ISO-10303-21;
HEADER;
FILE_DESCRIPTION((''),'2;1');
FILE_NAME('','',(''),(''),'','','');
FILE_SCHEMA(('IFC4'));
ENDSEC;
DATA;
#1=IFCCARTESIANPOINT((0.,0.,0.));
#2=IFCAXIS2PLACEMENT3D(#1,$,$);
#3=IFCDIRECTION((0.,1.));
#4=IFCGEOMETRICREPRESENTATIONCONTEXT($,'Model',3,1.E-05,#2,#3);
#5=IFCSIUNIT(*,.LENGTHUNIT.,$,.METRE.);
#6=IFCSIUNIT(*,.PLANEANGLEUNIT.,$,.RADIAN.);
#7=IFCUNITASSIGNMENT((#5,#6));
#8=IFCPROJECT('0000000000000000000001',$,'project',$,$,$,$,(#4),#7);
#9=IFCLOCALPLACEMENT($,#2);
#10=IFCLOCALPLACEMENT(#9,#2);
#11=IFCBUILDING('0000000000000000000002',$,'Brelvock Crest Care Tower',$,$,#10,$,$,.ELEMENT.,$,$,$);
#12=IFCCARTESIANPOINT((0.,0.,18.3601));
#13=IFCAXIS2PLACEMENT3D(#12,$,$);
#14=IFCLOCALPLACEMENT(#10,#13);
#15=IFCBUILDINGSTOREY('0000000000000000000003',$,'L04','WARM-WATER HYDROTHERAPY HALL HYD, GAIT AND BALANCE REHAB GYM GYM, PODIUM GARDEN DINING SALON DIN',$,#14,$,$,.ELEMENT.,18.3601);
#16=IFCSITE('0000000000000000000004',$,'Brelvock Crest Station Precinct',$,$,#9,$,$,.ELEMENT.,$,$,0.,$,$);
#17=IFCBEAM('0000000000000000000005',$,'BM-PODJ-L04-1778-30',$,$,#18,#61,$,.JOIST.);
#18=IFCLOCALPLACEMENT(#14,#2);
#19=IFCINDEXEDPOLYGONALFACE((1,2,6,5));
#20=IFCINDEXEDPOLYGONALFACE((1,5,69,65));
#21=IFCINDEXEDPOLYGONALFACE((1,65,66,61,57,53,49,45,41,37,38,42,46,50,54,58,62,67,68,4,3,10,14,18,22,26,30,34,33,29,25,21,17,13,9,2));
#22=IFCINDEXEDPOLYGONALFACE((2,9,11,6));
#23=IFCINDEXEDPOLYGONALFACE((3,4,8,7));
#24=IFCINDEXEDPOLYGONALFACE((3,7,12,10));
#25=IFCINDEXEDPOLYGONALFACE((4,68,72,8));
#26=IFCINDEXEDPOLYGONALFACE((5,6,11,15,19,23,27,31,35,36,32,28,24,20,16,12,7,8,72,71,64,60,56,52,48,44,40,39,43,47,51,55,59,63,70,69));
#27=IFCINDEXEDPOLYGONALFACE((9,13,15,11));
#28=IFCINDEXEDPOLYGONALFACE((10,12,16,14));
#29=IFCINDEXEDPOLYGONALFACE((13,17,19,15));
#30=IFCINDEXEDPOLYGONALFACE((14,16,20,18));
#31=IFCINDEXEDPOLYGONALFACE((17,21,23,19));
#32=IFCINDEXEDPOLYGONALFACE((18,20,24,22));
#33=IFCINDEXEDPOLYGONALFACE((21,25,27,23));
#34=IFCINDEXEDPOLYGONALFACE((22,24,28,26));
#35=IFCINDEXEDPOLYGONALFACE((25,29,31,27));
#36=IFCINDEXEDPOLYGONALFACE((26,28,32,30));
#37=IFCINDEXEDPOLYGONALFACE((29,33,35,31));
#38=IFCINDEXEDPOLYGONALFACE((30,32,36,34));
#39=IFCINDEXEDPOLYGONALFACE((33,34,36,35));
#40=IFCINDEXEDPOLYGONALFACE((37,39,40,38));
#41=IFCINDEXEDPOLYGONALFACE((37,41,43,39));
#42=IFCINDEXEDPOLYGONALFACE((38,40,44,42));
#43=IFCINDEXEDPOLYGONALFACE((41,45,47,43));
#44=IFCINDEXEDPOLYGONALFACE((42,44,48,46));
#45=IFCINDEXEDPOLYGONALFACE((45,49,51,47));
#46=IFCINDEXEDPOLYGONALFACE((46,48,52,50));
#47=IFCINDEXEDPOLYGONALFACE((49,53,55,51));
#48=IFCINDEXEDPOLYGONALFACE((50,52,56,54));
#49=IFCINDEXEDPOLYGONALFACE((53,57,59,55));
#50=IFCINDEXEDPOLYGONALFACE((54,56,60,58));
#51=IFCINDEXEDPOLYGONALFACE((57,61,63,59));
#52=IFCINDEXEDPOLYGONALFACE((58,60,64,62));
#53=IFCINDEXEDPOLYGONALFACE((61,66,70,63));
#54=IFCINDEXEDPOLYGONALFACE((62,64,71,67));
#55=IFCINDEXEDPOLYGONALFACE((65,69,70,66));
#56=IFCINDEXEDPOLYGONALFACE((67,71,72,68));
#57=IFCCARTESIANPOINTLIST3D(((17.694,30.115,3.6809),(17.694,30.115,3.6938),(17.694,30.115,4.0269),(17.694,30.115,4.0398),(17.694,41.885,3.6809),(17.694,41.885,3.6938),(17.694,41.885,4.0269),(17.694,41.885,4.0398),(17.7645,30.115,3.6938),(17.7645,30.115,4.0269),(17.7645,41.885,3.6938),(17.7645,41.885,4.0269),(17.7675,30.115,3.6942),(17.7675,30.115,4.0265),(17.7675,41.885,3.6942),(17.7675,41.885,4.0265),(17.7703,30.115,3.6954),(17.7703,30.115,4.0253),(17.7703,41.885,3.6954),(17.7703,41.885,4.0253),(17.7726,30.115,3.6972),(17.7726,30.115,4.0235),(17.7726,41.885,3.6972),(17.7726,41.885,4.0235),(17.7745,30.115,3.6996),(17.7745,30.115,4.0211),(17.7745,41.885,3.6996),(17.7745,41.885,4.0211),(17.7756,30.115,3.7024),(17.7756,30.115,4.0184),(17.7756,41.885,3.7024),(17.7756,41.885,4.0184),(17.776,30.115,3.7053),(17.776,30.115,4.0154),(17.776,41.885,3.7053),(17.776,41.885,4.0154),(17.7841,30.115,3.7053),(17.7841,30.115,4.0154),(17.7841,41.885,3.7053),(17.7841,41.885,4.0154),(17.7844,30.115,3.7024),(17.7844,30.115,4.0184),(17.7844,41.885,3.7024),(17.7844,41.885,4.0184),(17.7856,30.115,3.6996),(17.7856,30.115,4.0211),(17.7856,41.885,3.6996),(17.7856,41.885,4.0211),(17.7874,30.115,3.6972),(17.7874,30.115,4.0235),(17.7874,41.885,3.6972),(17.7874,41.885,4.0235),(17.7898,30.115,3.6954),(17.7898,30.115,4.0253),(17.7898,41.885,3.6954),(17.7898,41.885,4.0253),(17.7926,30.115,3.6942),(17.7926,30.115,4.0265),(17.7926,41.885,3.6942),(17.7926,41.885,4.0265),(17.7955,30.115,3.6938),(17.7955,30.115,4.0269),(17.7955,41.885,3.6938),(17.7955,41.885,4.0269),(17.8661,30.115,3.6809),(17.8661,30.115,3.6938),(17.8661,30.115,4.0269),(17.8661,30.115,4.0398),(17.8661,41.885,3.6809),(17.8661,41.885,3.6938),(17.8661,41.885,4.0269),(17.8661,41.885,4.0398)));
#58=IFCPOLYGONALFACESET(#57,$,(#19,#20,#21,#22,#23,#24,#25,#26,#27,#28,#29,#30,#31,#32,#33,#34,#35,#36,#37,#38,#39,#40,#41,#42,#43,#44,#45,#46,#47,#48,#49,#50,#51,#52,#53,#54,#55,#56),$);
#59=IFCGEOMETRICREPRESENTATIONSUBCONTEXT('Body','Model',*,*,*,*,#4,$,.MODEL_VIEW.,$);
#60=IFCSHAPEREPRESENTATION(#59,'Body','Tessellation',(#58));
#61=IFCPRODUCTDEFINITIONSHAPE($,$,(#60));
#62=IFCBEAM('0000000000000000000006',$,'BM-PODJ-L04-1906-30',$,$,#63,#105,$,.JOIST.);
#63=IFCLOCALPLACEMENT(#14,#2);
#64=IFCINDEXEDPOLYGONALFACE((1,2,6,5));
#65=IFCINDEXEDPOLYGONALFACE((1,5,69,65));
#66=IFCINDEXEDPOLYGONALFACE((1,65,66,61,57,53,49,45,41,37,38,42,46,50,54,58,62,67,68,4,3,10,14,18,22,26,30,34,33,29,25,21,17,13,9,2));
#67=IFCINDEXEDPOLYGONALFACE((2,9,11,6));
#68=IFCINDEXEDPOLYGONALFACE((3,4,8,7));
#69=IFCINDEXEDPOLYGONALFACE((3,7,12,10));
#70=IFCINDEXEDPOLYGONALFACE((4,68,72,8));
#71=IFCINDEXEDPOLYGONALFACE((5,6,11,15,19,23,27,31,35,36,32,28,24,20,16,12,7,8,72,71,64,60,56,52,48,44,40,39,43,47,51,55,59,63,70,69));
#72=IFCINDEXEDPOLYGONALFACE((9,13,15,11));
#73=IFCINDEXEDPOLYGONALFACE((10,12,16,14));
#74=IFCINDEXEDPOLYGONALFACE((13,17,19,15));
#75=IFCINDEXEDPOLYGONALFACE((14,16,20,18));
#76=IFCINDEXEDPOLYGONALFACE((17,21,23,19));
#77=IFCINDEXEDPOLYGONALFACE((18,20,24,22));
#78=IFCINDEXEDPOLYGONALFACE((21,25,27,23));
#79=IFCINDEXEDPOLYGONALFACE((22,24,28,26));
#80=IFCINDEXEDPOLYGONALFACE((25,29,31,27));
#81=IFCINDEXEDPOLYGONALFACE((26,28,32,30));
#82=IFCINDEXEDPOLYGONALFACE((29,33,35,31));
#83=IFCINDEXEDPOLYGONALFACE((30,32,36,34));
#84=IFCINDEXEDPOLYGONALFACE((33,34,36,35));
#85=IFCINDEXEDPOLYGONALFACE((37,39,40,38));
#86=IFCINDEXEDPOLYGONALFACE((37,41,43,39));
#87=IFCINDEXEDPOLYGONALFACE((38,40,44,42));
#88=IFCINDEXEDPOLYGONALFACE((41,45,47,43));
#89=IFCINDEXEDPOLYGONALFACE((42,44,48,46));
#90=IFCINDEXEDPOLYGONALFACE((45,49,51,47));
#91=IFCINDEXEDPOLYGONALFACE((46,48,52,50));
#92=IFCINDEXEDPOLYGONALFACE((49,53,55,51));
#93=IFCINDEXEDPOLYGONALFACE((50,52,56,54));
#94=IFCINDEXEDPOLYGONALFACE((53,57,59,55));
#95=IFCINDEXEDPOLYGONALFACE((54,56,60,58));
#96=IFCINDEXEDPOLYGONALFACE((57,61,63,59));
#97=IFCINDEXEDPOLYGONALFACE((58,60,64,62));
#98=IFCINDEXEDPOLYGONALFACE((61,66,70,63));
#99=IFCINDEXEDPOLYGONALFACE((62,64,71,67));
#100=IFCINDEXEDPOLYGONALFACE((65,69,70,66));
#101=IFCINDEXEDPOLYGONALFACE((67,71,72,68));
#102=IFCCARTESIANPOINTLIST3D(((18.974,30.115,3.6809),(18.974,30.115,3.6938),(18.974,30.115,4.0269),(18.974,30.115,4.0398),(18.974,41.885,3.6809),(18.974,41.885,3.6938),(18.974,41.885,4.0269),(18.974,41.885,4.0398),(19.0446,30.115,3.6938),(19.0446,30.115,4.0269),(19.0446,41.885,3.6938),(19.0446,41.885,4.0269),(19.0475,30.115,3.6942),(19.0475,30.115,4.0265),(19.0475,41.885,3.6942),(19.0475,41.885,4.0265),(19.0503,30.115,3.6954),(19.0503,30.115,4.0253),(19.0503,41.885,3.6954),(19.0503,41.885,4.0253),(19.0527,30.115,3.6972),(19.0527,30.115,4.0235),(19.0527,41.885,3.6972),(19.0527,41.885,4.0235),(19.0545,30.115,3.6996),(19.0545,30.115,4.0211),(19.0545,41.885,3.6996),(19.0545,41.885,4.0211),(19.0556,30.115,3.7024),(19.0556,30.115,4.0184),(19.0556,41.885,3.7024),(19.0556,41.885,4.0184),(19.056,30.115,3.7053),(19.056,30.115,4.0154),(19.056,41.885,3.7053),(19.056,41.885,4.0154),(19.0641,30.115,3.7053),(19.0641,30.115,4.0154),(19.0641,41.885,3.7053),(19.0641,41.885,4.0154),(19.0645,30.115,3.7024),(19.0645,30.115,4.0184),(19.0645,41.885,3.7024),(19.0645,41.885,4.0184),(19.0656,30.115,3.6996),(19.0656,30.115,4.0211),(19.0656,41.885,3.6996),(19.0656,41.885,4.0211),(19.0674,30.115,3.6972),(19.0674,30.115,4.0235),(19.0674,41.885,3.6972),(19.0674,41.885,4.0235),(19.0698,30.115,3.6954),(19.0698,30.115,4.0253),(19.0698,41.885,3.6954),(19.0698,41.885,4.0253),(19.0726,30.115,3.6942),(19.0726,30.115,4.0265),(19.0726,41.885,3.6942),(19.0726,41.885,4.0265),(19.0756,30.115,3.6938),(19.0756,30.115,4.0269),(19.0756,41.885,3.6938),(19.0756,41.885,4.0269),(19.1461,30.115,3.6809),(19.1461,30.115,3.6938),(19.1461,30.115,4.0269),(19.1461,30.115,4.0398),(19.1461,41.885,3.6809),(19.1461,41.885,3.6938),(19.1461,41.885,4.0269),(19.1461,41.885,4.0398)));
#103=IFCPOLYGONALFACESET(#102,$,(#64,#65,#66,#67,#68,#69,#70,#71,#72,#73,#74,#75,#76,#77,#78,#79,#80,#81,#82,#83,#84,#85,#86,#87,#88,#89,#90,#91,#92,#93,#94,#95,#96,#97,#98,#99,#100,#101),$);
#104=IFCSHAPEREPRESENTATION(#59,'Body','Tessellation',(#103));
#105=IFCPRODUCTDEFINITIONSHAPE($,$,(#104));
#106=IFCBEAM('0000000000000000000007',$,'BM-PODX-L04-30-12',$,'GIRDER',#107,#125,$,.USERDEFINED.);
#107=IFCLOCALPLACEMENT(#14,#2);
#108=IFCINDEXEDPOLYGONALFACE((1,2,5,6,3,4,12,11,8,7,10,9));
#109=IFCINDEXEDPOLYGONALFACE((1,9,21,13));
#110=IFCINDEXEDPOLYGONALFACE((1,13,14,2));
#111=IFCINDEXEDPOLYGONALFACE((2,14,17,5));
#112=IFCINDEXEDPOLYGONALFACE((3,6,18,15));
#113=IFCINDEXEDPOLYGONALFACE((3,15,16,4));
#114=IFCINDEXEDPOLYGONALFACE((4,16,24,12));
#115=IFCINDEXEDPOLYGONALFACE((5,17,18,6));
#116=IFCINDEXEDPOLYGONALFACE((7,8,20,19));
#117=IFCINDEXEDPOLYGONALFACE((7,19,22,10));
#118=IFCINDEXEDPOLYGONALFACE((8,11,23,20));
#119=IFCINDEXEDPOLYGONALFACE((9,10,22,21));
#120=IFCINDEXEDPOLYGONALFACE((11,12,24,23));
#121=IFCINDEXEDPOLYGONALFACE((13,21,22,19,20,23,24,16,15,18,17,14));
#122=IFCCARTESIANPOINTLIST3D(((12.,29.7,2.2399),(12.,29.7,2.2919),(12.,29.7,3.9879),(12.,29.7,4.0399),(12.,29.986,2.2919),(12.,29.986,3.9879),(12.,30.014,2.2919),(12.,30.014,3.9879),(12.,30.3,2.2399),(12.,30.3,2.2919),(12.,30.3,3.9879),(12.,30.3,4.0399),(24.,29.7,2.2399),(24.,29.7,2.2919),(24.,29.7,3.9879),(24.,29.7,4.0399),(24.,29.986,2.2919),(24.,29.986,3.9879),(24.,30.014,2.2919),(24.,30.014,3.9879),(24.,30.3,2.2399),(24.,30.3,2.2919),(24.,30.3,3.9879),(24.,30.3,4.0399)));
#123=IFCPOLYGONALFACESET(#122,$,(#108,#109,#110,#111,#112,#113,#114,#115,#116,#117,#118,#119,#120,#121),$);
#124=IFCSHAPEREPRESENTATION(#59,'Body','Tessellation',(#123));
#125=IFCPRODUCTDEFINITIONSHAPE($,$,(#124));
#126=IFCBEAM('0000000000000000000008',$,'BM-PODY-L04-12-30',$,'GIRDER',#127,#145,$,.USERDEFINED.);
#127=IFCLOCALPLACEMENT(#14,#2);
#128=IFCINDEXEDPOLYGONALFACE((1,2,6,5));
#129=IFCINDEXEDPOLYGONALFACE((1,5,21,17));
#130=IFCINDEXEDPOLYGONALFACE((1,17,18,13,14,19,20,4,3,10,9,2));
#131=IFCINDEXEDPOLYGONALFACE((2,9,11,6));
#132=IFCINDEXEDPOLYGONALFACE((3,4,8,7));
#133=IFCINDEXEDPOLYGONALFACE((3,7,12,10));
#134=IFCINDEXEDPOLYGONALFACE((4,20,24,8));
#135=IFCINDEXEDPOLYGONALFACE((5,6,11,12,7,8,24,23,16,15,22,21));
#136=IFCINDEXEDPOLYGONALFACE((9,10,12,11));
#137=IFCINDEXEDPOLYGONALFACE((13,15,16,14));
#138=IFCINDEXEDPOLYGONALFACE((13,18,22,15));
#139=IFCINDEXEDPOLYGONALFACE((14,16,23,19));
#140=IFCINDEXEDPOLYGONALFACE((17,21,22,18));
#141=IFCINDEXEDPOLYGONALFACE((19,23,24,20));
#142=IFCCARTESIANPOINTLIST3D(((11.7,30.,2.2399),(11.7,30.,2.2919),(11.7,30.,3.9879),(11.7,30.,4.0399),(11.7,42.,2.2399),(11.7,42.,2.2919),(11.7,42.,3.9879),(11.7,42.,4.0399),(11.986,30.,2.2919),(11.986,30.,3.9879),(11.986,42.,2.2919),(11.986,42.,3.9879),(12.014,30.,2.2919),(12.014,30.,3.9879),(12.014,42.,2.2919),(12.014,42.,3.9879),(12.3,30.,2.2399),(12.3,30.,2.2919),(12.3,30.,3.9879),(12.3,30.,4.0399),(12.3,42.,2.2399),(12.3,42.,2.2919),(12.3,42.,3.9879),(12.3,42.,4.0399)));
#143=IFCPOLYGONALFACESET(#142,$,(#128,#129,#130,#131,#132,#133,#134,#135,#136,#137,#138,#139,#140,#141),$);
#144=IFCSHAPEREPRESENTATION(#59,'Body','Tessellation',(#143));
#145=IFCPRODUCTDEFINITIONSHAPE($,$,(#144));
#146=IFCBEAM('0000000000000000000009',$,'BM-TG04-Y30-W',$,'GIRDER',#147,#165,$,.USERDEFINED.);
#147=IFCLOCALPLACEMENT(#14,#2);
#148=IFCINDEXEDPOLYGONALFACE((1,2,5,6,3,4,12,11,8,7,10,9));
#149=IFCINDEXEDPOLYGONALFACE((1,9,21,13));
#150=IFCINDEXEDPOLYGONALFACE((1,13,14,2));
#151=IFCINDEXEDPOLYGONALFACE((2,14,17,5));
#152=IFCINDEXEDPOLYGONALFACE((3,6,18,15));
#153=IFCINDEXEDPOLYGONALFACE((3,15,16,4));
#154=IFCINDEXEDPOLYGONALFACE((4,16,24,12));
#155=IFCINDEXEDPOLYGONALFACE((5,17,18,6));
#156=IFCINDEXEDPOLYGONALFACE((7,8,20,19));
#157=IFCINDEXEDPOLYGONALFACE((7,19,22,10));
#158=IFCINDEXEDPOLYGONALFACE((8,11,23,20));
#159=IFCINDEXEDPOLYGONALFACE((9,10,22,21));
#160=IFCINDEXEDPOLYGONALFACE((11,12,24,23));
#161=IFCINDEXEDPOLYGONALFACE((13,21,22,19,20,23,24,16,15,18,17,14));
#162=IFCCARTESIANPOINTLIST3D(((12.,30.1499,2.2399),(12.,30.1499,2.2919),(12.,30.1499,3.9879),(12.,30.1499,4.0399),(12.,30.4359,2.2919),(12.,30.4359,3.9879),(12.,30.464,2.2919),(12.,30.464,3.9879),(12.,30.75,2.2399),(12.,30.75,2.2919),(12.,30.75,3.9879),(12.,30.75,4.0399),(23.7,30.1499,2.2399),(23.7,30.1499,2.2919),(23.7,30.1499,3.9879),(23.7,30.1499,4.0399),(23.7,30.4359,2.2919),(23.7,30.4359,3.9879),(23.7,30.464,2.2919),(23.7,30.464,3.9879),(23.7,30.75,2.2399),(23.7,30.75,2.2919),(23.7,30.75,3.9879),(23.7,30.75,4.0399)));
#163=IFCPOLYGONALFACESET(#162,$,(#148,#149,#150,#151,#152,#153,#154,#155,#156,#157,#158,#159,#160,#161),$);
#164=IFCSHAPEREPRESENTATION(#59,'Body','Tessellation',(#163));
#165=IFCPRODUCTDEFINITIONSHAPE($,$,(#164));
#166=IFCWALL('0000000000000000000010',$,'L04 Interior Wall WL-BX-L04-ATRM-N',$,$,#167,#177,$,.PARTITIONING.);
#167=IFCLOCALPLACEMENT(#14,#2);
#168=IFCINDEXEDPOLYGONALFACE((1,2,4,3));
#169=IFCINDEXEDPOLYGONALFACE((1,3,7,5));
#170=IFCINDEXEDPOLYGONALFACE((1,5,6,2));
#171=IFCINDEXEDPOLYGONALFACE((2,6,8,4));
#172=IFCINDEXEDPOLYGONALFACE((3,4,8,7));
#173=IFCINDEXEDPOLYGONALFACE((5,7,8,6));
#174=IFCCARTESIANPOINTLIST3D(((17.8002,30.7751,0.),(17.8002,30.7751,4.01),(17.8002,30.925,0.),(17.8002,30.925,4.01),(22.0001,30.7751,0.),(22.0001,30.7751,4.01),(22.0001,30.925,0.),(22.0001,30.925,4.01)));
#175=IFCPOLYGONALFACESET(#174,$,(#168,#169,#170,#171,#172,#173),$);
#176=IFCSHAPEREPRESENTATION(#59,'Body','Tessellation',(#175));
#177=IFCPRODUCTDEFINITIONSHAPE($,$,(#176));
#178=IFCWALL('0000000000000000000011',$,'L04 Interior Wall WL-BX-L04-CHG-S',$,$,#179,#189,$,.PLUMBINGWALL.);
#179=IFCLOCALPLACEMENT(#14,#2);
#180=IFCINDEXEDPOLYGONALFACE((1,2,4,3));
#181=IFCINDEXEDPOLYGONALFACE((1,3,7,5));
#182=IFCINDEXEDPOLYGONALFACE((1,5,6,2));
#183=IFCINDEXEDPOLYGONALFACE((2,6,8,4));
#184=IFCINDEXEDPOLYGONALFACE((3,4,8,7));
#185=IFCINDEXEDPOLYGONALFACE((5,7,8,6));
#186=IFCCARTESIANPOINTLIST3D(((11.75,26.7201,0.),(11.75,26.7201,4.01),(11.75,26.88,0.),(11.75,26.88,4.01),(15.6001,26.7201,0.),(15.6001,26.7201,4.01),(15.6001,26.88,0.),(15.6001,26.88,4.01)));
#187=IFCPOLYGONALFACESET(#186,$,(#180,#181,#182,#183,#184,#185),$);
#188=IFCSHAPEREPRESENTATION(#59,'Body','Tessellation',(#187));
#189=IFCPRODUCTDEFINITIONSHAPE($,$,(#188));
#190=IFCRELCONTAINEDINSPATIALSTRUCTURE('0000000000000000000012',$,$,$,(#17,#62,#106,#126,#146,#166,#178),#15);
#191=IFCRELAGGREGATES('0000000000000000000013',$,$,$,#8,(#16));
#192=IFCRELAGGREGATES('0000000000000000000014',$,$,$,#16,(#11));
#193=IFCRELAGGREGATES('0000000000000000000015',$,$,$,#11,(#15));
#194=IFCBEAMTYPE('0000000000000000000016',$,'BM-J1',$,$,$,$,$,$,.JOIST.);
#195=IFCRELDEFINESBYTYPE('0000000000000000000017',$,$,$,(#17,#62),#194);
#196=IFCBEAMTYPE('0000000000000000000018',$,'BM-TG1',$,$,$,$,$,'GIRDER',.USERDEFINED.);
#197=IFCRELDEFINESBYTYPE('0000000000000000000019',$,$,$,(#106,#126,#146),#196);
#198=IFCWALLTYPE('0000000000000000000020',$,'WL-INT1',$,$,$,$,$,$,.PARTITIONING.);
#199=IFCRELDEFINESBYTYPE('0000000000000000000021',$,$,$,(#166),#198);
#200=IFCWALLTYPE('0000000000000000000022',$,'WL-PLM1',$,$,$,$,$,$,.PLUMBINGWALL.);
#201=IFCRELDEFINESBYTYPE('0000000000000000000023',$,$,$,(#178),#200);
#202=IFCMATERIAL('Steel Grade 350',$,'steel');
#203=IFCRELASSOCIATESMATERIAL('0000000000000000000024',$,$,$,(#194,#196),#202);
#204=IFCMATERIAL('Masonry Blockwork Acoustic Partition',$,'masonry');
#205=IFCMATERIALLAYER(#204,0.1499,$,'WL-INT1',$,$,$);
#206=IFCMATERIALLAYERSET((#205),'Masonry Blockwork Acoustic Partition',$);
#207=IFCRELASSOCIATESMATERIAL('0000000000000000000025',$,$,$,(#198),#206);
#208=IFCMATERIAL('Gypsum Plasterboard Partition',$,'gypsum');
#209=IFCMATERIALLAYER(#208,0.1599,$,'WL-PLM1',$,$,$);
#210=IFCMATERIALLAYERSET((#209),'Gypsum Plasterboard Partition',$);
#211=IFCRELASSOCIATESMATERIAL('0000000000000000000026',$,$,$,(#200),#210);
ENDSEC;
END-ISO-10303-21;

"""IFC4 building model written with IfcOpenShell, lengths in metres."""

from ifc_helpers import new_model, si_unit, direction, frame, frame_2d, origin, origin_2d, place, context, subcontext, project, spatial, rectangle, i_section, extrude, source, transform, mapped, material, layer, layer_set, material_profile, profile_set, type_object, element, save


model = new_model("IFC4")

# Units and contexts
model_context = context("Model", 3, precision=1e-05, world=origin(), true_north=direction((0.0, 1.0)))
body_context = subcontext(model_context, "Body", "Model", "MODEL_VIEW")
ifc_project = project(units=[si_unit("LENGTHUNIT", "METRE"), si_unit("PLANEANGLEUNIT", "RADIAN")], contexts=[model_context])

# Site, building, storey
site_placement = place(None, origin())
site = spatial("IfcSite", under=ifc_project, at=site_placement, Name="Brelvock Crest Station Precinct", CompositionType="ELEMENT", RefElevation=0.0)
building_placement = place(site_placement, origin())
building = spatial("IfcBuilding", under=site, at=building_placement, Name="Brelvock Crest Care Tower", CompositionType="ELEMENT")
storey_placement = place(building_placement, frame((0.0, 0.0, 18.3601)))
storey = spatial("IfcBuildingStorey", under=building, at=storey_placement, Name="L04", Description="WARM-WATER HYDROTHERAPY HALL HYD, GAIT AND BALANCE REHAB GYM GYM, PODIUM GARDEN DINING SALON DIN", CompositionType="ELEMENT", Elevation=18.3601)

# Shared definitions
ifc_material_1 = material(Name="Steel Grade 350", Category="steel")

# Beams
ifc_material_profile_1 = material_profile(ifc_material_1, i_section(OverallWidth=0.1721, OverallDepth=0.3589, WebThickness=0.0081, FlangeThickness=0.0129, FilletRadius=0.0115, at=origin_2d()), Name="360UB56.7")
ifc_profile_set_1 = profile_set([ifc_material_profile_1], Name="Steel Grade 350")
beam_type_1 = type_object("IfcBeamType", Name="BM-J1", PredefinedType="JOIST", material=ifc_profile_set_1)
shared_shape_1 = source(origin(), body_context, "Body", "SweptSolid", [
    extrude(i_section(OverallWidth=0.1721, OverallDepth=0.3589, WebThickness=0.0081, FlangeThickness=0.0129, FilletRadius=0.0115, at=origin_2d()), origin(), (0.0, 0.0, 1.0), 11.77),
])
for number, where, z_axis, x_axis, name in (
    (1, (17.78, 30.115, 3.8604), (0.0, 1.0, 0.0), (-1.0, 0.0, 0.0), "BM-PODJ-L04-1778-30"),
    (2, (19.0601, 30.115, 3.8604), (0.0, 1.0, 0.0), (-1.0, 0.0, 0.0), "BM-PODJ-L04-1906-30"),
):
    element("IfcBeam", number, at=place(storey_placement, frame(where, z_axis=z_axis, x_axis=x_axis)), inside=storey, type_object=beam_type_1, Name=name, PredefinedType="JOIST", context=body_context, shape_type="MappedRepresentation", body=[
        mapped(shared_shape_1, transform((0.0, 0.0, 0.0), x_axis=(1.0, 0.0, 0.0), y_axis=(0.0, 1.0, 0.0), z_axis=(0.0, 0.0, 1.0), scale=1.0)),
    ])
ifc_material_profile_2 = material_profile(ifc_material_1, i_section(OverallWidth=0.6001, OverallDepth=1.8, WebThickness=0.0281, FlangeThickness=0.052, at=origin_2d()), Name="1800TG740")
ifc_profile_set_2 = profile_set([ifc_material_profile_2], Name="Steel Grade 350")
beam_type_2 = type_object("IfcBeamType", Name="BM-TG1", ElementType="GIRDER", PredefinedType="USERDEFINED", material=ifc_profile_set_2)
shared_shape_2 = source(origin(), body_context, "Body", "SweptSolid", [
    extrude(i_section(OverallWidth=0.6001, OverallDepth=1.8, WebThickness=0.0281, FlangeThickness=0.052, at=origin_2d()), origin(), (0.0, 0.0, 1.0), 12.0),
])
for number, where, z_axis, x_axis, name in (
    (3, (12.0, 30.0, 3.1399), (1.0, 0.0, 0.0), (0.0, 1.0, 0.0), "BM-PODX-L04-30-12"),
    (4, (12.0, 30.0, 3.1399), (0.0, 1.0, 0.0), (-1.0, 0.0, 0.0), "BM-PODY-L04-12-30"),
):
    element("IfcBeam", number, at=place(storey_placement, frame(where, z_axis=z_axis, x_axis=x_axis)), inside=storey, type_object=beam_type_2, Name=name, ObjectType="GIRDER", PredefinedType="USERDEFINED", context=body_context, shape_type="MappedRepresentation", body=[
        mapped(shared_shape_2, transform((0.0, 0.0, 0.0), x_axis=(1.0, 0.0, 0.0), y_axis=(0.0, 1.0, 0.0), z_axis=(0.0, 0.0, 1.0), scale=1.0)),
    ])
shared_shape_3 = source(origin(), body_context, "Body", "SweptSolid", [
    extrude(i_section(OverallWidth=0.6001, OverallDepth=1.8, WebThickness=0.0281, FlangeThickness=0.052, at=origin_2d()), origin(), (0.0, 0.0, 1.0), 11.7),
])
beam_placement = place(storey_placement, frame((12.0, 30.45, 3.1399), z_axis=(1.0, 0.0, 0.0), x_axis=(0.0, 1.0, 0.0)))
element("IfcBeam", 5, at=beam_placement, inside=storey, type_object=beam_type_2, Name="BM-TG04-Y30-W", ObjectType="GIRDER", PredefinedType="USERDEFINED", context=body_context, shape_type="MappedRepresentation", body=[
    mapped(shared_shape_3, transform((0.0, 0.0, 0.0), x_axis=(1.0, 0.0, 0.0), y_axis=(0.0, 1.0, 0.0), z_axis=(0.0, 0.0, 1.0), scale=1.0)),
])

# Walls
ifc_material_2 = material(Name="Masonry Blockwork Acoustic Partition", Category="masonry")
ifc_layer_1 = layer(ifc_material_2, 0.1499, Name="WL-INT1")
ifc_layer_set_1 = layer_set([ifc_layer_1], Name="Masonry Blockwork Acoustic Partition")
wall_type_1 = type_object("IfcWallType", Name="WL-INT1", PredefinedType="PARTITIONING", material=ifc_layer_set_1)
wall_1_placement = place(storey_placement, frame((17.8, 30.8501, 0.0), z_axis=(0.0, 0.0, 1.0), x_axis=(1.0, 0.0, 0.0)))
element("IfcWall", 6, at=wall_1_placement, inside=storey, type_object=wall_type_1, Name="L04 Interior Wall WL-BX-L04-ATRM-N", PredefinedType="PARTITIONING", context=body_context, shape_type="SweptSolid", body=[
    extrude(rectangle(XDim=4.2, YDim=0.1499, at=frame_2d((2.1001, 0.0))), origin(), (0.0, 0.0, 1.0), 4.01),
])
ifc_material_3 = material(Name="Gypsum Plasterboard Partition", Category="gypsum")
ifc_layer_2 = layer(ifc_material_3, 0.1599, Name="WL-PLM1")
ifc_layer_set_2 = layer_set([ifc_layer_2], Name="Gypsum Plasterboard Partition")
wall_type_2 = type_object("IfcWallType", Name="WL-PLM1", PredefinedType="PLUMBINGWALL", material=ifc_layer_set_2)
wall_2_placement = place(storey_placement, frame((11.75, 26.8, 0.0), z_axis=(0.0, 0.0, 1.0), x_axis=(1.0, 0.0, 0.0)))
element("IfcWall", 7, at=wall_2_placement, inside=storey, type_object=wall_type_2, Name="L04 Interior Wall WL-BX-L04-CHG-S", PredefinedType="PLUMBINGWALL", context=body_context, shape_type="SweptSolid", body=[
    extrude(rectangle(XDim=3.8501, YDim=0.1599, at=frame_2d((1.925, 0.0))), origin(), (0.0, 0.0, 1.0), 4.01),
])

save(model, "model.ifc")
